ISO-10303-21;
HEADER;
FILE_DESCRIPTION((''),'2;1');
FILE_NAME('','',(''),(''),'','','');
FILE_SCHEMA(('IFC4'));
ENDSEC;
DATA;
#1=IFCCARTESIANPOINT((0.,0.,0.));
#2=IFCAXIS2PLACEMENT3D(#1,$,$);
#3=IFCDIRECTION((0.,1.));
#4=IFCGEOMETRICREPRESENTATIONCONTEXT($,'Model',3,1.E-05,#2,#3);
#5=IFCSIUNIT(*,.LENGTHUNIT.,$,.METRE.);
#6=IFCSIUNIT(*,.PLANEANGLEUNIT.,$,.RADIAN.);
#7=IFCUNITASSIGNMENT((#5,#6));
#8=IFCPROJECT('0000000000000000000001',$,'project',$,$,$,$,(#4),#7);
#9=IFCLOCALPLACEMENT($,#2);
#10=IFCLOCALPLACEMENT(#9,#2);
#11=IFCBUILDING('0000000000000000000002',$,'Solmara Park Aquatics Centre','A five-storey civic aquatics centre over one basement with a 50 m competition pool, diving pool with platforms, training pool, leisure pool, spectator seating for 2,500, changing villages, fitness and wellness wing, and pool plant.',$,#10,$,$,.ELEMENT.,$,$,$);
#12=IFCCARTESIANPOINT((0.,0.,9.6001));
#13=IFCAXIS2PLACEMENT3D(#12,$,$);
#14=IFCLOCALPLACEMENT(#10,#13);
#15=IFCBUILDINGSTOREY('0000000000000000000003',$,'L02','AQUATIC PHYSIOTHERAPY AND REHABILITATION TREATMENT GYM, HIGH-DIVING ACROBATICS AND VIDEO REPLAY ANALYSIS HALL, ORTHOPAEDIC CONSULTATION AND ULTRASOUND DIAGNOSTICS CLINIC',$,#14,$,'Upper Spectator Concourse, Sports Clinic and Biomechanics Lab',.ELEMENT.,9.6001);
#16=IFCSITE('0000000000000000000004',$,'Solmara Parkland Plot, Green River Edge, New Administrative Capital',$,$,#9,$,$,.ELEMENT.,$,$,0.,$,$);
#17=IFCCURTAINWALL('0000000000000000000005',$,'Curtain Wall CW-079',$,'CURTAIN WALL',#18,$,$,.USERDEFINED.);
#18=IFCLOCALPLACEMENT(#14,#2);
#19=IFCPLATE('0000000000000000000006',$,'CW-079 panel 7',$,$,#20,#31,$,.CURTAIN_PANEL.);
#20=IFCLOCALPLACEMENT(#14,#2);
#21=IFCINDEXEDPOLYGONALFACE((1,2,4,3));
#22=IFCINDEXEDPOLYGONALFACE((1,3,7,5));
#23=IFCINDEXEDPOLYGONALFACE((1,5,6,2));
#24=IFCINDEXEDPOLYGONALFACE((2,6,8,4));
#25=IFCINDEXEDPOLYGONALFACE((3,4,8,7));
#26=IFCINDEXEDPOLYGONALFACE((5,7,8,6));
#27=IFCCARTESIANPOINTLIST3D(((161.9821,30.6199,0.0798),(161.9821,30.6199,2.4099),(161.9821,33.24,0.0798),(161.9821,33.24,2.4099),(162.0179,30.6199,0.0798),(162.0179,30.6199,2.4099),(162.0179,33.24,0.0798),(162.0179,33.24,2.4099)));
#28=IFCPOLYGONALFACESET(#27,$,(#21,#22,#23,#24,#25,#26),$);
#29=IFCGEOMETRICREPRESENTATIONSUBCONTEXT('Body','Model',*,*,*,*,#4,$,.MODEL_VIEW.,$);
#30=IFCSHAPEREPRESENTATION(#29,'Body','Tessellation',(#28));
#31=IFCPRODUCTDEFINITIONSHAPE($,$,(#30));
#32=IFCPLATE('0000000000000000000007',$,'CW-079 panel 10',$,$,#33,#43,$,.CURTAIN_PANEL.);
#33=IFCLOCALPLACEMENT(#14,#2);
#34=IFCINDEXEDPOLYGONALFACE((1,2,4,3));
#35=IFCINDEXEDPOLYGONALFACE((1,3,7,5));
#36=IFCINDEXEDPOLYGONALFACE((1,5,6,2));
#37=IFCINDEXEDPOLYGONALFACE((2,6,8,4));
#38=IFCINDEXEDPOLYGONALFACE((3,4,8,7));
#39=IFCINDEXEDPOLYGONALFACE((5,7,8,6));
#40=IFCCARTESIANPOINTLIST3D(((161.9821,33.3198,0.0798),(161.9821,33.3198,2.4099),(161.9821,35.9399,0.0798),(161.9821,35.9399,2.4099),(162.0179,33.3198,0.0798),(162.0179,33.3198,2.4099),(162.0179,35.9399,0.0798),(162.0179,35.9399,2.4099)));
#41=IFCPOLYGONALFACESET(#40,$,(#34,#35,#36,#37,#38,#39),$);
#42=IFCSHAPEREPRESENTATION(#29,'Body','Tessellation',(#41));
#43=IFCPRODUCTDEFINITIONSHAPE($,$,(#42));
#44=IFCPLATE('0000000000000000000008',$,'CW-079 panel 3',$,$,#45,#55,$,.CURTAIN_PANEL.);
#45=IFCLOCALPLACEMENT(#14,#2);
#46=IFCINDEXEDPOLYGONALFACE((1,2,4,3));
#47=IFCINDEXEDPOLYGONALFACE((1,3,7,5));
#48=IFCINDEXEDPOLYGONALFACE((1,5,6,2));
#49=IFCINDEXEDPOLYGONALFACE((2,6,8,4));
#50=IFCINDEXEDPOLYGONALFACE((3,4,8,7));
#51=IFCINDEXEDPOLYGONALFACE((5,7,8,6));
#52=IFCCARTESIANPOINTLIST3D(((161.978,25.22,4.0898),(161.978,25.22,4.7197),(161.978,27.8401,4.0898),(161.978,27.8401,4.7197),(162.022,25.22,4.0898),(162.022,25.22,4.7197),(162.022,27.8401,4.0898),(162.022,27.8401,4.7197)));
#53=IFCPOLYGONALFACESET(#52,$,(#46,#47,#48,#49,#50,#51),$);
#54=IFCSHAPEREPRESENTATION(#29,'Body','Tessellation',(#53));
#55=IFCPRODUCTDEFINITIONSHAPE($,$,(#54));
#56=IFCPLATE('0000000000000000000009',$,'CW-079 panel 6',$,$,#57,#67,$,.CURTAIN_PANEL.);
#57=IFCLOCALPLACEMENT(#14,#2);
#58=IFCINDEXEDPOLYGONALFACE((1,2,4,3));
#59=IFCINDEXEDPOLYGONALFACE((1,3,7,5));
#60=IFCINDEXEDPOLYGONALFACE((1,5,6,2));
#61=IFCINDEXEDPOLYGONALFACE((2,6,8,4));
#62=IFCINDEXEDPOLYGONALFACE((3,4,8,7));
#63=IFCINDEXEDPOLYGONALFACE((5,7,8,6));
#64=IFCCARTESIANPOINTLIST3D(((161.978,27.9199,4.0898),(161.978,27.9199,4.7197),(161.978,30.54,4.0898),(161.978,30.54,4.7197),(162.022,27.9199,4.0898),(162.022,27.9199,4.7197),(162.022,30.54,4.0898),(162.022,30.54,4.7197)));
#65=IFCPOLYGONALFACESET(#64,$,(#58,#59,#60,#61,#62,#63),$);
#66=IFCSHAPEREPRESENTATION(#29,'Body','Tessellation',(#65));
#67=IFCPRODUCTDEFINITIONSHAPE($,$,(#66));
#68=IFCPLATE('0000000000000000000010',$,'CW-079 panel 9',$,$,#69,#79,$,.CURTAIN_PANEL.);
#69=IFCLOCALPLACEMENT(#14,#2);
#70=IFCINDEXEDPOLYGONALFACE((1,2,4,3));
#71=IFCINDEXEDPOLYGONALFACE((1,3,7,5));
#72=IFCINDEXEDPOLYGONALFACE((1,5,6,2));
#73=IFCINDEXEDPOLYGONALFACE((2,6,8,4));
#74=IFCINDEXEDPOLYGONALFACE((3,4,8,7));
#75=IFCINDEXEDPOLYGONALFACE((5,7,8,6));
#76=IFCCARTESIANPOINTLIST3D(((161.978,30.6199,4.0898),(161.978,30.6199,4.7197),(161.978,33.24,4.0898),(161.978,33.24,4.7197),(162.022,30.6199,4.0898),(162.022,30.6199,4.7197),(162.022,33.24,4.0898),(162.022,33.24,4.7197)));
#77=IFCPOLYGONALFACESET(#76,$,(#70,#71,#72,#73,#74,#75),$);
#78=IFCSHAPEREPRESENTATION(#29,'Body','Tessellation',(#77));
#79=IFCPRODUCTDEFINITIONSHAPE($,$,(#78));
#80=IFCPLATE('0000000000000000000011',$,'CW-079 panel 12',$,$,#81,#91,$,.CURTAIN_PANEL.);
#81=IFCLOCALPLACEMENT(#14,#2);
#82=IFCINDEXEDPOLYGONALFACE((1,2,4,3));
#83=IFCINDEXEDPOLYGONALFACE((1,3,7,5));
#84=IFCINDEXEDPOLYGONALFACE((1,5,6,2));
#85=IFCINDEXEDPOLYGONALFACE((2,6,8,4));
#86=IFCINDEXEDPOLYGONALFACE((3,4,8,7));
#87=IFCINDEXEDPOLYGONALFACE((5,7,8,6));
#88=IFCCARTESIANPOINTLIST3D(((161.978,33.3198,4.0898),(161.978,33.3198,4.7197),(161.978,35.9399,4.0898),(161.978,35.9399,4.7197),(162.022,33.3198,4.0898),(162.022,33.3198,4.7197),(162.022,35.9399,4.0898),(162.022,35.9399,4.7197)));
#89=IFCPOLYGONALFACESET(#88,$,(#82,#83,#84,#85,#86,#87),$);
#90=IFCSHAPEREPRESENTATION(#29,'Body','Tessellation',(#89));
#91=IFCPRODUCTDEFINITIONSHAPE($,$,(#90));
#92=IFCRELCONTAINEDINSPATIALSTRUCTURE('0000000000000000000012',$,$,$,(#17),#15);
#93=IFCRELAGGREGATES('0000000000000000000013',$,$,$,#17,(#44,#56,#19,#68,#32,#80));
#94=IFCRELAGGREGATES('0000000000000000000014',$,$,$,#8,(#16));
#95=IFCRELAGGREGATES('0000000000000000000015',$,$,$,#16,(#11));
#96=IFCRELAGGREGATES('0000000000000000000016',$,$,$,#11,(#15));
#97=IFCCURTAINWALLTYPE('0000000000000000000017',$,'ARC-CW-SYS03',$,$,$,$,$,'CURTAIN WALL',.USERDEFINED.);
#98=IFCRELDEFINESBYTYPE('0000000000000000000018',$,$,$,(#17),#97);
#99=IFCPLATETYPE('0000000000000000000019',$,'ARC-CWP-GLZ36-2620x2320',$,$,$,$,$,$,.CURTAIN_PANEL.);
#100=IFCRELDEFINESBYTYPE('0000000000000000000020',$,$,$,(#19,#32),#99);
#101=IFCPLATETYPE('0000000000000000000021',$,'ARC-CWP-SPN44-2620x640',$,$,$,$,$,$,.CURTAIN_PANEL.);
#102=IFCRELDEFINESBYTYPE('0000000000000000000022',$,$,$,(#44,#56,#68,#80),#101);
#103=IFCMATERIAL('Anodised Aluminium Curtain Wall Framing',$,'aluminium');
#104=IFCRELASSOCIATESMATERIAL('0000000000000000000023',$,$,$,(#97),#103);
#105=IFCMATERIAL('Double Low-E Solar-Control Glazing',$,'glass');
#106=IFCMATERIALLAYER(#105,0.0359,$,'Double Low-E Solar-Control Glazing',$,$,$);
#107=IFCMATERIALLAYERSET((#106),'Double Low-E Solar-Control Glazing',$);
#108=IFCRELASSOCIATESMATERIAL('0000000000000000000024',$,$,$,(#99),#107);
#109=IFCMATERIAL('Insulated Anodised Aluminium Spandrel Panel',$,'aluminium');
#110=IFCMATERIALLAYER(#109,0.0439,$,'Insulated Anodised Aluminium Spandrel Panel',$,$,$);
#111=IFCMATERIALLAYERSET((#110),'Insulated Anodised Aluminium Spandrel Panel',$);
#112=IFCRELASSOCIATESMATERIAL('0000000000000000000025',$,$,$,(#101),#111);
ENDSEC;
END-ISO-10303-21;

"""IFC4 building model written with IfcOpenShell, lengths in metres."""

from ifc_helpers import new_model, si_unit, direction, frame, origin, origin_2d, place, context, subcontext, project, spatial, rectangle, extrude, material, layer, layer_set, type_object, element, aggregate, save


model = new_model("IFC4")

# Units and contexts
model_context = context("Model", 3, precision=1e-05, world=origin(), true_north=direction((0.0, 1.0)))
body_context = subcontext(model_context, "Body", "Model", "MODEL_VIEW")
ifc_project = project(units=[si_unit("LENGTHUNIT", "METRE"), si_unit("PLANEANGLEUNIT", "RADIAN")], contexts=[model_context])

# Site, building, storey
site_placement = place(None, origin())
site = spatial("IfcSite", under=ifc_project, at=site_placement, Name="Solmara Parkland Plot, Green River Edge, New Administrative Capital", CompositionType="ELEMENT", RefElevation=0.0)
building_placement = place(site_placement, origin())
building = spatial("IfcBuilding", under=site, at=building_placement, Name="Solmara Park Aquatics Centre", Description="A five-storey civic aquatics centre over one basement with a 50 m competition pool, diving pool with platforms, training pool, leisure pool, spectator seating for 2,500, changing villages, fitness and wellness wing, and pool plant.", CompositionType="ELEMENT")
storey_placement = place(building_placement, frame((0.0, 0.0, 9.6001)))
storey = spatial("IfcBuildingStorey", under=building, at=storey_placement, Name="L02", Description="AQUATIC PHYSIOTHERAPY AND REHABILITATION TREATMENT GYM, HIGH-DIVING ACROBATICS AND VIDEO REPLAY ANALYSIS HALL, ORTHOPAEDIC CONSULTATION AND ULTRASOUND DIAGNOSTICS CLINIC", LongName="Upper Spectator Concourse, Sports Clinic and Biomechanics Lab", CompositionType="ELEMENT", Elevation=9.6001)

# Curtain wall, plates
ifc_material_1 = material(Name="Anodised Aluminium Curtain Wall Framing", Category="aluminium")
curtain_wall_type = type_object("IfcCurtainWallType", Name="ARC-CW-SYS03", ElementType="CURTAIN WALL", PredefinedType="USERDEFINED", material=ifc_material_1)
curtain_wall_placement = place(storey_placement, origin())
curtain_wall = element("IfcCurtainWall", 1, at=curtain_wall_placement, inside=storey, type_object=curtain_wall_type, Name="Curtain Wall CW-079", ObjectType="CURTAIN WALL", PredefinedType="USERDEFINED")
ifc_material_2 = material(Name="Double Low-E Solar-Control Glazing", Category="glass")
ifc_layer_1 = layer(ifc_material_2, 0.0359, Name="Double Low-E Solar-Control Glazing")
ifc_layer_set_1 = layer_set([ifc_layer_1], Name="Double Low-E Solar-Control Glazing")
plate_type_1 = type_object("IfcPlateType", Name="ARC-CWP-GLZ36-2620x2320", PredefinedType="CURTAIN_PANEL", material=ifc_layer_set_1)
plate_1_placement = place(storey_placement, frame((162.0, 31.9299, 0.0798), z_axis=(0.0, 0.0, 1.0), x_axis=(0.0, 1.0, 0.0)))
plate_1 = element("IfcPlate", 2, at=plate_1_placement, type_object=plate_type_1, Name="CW-079 panel 7", PredefinedType="CURTAIN_PANEL", context=body_context, shape_type="SweptSolid", body=[
    extrude(rectangle(XDim=2.6201, YDim=0.0359, at=origin_2d()), origin(), (0.0, 0.0, 1.0), 2.3301),
])
plate_2_placement = place(storey_placement, frame((162.0, 34.6299, 0.0798), z_axis=(0.0, 0.0, 1.0), x_axis=(0.0, 1.0, 0.0)))
plate_2 = element("IfcPlate", 3, at=plate_2_placement, type_object=plate_type_1, Name="CW-079 panel 10", PredefinedType="CURTAIN_PANEL", context=body_context, shape_type="SweptSolid", body=[
    extrude(rectangle(XDim=2.6201, YDim=0.0359, at=origin_2d()), origin(), (0.0, 0.0, 1.0), 2.3301),
])
ifc_material_3 = material(Name="Insulated Anodised Aluminium Spandrel Panel", Category="aluminium")
ifc_layer_2 = layer(ifc_material_3, 0.0439, Name="Insulated Anodised Aluminium Spandrel Panel")
ifc_layer_set_2 = layer_set([ifc_layer_2], Name="Insulated Anodised Aluminium Spandrel Panel")
plate_type_2 = type_object("IfcPlateType", Name="ARC-CWP-SPN44-2620x640", PredefinedType="CURTAIN_PANEL", material=ifc_layer_set_2)
plate_3_placement = place(storey_placement, frame((162.0, 26.53, 4.0898), z_axis=(0.0, 0.0, 1.0), x_axis=(0.0, 1.0, 0.0)))
plate_3 = element("IfcPlate", 4, at=plate_3_placement, type_object=plate_type_2, Name="CW-079 panel 3", PredefinedType="CURTAIN_PANEL", context=body_context, shape_type="SweptSolid", body=[
    extrude(rectangle(XDim=2.6201, YDim=0.0439, at=origin_2d()), origin(), (0.0, 0.0, 1.0), 0.6299),
])
plate_4_placement = place(storey_placement, frame((162.0, 29.23, 4.0898), z_axis=(0.0, 0.0, 1.0), x_axis=(0.0, 1.0, 0.0)))
plate_4 = element("IfcPlate", 5, at=plate_4_placement, type_object=plate_type_2, Name="CW-079 panel 6", PredefinedType="CURTAIN_PANEL", context=body_context, shape_type="SweptSolid", body=[
    extrude(rectangle(XDim=2.6201, YDim=0.0439, at=origin_2d()), origin(), (0.0, 0.0, 1.0), 0.6299),
])
plate_5_placement = place(storey_placement, frame((162.0, 31.9299, 4.0898), z_axis=(0.0, 0.0, 1.0), x_axis=(0.0, 1.0, 0.0)))
plate_5 = element("IfcPlate", 6, at=plate_5_placement, type_object=plate_type_2, Name="CW-079 panel 9", PredefinedType="CURTAIN_PANEL", context=body_context, shape_type="SweptSolid", body=[
    extrude(rectangle(XDim=2.6201, YDim=0.0439, at=origin_2d()), origin(), (0.0, 0.0, 1.0), 0.6299),
])
plate_6_placement = place(storey_placement, frame((162.0, 34.6299, 4.0898), z_axis=(0.0, 0.0, 1.0), x_axis=(0.0, 1.0, 0.0)))
plate_6 = element("IfcPlate", 7, at=plate_6_placement, type_object=plate_type_2, Name="CW-079 panel 12", PredefinedType="CURTAIN_PANEL", context=body_context, shape_type="SweptSolid", body=[
    extrude(rectangle(XDim=2.6201, YDim=0.0439, at=origin_2d()), origin(), (0.0, 0.0, 1.0), 0.6299),
])
aggregate(curtain_wall, [plate_3, plate_4, plate_1, plate_5, plate_2, plate_6])

save(model, "model.ifc")
